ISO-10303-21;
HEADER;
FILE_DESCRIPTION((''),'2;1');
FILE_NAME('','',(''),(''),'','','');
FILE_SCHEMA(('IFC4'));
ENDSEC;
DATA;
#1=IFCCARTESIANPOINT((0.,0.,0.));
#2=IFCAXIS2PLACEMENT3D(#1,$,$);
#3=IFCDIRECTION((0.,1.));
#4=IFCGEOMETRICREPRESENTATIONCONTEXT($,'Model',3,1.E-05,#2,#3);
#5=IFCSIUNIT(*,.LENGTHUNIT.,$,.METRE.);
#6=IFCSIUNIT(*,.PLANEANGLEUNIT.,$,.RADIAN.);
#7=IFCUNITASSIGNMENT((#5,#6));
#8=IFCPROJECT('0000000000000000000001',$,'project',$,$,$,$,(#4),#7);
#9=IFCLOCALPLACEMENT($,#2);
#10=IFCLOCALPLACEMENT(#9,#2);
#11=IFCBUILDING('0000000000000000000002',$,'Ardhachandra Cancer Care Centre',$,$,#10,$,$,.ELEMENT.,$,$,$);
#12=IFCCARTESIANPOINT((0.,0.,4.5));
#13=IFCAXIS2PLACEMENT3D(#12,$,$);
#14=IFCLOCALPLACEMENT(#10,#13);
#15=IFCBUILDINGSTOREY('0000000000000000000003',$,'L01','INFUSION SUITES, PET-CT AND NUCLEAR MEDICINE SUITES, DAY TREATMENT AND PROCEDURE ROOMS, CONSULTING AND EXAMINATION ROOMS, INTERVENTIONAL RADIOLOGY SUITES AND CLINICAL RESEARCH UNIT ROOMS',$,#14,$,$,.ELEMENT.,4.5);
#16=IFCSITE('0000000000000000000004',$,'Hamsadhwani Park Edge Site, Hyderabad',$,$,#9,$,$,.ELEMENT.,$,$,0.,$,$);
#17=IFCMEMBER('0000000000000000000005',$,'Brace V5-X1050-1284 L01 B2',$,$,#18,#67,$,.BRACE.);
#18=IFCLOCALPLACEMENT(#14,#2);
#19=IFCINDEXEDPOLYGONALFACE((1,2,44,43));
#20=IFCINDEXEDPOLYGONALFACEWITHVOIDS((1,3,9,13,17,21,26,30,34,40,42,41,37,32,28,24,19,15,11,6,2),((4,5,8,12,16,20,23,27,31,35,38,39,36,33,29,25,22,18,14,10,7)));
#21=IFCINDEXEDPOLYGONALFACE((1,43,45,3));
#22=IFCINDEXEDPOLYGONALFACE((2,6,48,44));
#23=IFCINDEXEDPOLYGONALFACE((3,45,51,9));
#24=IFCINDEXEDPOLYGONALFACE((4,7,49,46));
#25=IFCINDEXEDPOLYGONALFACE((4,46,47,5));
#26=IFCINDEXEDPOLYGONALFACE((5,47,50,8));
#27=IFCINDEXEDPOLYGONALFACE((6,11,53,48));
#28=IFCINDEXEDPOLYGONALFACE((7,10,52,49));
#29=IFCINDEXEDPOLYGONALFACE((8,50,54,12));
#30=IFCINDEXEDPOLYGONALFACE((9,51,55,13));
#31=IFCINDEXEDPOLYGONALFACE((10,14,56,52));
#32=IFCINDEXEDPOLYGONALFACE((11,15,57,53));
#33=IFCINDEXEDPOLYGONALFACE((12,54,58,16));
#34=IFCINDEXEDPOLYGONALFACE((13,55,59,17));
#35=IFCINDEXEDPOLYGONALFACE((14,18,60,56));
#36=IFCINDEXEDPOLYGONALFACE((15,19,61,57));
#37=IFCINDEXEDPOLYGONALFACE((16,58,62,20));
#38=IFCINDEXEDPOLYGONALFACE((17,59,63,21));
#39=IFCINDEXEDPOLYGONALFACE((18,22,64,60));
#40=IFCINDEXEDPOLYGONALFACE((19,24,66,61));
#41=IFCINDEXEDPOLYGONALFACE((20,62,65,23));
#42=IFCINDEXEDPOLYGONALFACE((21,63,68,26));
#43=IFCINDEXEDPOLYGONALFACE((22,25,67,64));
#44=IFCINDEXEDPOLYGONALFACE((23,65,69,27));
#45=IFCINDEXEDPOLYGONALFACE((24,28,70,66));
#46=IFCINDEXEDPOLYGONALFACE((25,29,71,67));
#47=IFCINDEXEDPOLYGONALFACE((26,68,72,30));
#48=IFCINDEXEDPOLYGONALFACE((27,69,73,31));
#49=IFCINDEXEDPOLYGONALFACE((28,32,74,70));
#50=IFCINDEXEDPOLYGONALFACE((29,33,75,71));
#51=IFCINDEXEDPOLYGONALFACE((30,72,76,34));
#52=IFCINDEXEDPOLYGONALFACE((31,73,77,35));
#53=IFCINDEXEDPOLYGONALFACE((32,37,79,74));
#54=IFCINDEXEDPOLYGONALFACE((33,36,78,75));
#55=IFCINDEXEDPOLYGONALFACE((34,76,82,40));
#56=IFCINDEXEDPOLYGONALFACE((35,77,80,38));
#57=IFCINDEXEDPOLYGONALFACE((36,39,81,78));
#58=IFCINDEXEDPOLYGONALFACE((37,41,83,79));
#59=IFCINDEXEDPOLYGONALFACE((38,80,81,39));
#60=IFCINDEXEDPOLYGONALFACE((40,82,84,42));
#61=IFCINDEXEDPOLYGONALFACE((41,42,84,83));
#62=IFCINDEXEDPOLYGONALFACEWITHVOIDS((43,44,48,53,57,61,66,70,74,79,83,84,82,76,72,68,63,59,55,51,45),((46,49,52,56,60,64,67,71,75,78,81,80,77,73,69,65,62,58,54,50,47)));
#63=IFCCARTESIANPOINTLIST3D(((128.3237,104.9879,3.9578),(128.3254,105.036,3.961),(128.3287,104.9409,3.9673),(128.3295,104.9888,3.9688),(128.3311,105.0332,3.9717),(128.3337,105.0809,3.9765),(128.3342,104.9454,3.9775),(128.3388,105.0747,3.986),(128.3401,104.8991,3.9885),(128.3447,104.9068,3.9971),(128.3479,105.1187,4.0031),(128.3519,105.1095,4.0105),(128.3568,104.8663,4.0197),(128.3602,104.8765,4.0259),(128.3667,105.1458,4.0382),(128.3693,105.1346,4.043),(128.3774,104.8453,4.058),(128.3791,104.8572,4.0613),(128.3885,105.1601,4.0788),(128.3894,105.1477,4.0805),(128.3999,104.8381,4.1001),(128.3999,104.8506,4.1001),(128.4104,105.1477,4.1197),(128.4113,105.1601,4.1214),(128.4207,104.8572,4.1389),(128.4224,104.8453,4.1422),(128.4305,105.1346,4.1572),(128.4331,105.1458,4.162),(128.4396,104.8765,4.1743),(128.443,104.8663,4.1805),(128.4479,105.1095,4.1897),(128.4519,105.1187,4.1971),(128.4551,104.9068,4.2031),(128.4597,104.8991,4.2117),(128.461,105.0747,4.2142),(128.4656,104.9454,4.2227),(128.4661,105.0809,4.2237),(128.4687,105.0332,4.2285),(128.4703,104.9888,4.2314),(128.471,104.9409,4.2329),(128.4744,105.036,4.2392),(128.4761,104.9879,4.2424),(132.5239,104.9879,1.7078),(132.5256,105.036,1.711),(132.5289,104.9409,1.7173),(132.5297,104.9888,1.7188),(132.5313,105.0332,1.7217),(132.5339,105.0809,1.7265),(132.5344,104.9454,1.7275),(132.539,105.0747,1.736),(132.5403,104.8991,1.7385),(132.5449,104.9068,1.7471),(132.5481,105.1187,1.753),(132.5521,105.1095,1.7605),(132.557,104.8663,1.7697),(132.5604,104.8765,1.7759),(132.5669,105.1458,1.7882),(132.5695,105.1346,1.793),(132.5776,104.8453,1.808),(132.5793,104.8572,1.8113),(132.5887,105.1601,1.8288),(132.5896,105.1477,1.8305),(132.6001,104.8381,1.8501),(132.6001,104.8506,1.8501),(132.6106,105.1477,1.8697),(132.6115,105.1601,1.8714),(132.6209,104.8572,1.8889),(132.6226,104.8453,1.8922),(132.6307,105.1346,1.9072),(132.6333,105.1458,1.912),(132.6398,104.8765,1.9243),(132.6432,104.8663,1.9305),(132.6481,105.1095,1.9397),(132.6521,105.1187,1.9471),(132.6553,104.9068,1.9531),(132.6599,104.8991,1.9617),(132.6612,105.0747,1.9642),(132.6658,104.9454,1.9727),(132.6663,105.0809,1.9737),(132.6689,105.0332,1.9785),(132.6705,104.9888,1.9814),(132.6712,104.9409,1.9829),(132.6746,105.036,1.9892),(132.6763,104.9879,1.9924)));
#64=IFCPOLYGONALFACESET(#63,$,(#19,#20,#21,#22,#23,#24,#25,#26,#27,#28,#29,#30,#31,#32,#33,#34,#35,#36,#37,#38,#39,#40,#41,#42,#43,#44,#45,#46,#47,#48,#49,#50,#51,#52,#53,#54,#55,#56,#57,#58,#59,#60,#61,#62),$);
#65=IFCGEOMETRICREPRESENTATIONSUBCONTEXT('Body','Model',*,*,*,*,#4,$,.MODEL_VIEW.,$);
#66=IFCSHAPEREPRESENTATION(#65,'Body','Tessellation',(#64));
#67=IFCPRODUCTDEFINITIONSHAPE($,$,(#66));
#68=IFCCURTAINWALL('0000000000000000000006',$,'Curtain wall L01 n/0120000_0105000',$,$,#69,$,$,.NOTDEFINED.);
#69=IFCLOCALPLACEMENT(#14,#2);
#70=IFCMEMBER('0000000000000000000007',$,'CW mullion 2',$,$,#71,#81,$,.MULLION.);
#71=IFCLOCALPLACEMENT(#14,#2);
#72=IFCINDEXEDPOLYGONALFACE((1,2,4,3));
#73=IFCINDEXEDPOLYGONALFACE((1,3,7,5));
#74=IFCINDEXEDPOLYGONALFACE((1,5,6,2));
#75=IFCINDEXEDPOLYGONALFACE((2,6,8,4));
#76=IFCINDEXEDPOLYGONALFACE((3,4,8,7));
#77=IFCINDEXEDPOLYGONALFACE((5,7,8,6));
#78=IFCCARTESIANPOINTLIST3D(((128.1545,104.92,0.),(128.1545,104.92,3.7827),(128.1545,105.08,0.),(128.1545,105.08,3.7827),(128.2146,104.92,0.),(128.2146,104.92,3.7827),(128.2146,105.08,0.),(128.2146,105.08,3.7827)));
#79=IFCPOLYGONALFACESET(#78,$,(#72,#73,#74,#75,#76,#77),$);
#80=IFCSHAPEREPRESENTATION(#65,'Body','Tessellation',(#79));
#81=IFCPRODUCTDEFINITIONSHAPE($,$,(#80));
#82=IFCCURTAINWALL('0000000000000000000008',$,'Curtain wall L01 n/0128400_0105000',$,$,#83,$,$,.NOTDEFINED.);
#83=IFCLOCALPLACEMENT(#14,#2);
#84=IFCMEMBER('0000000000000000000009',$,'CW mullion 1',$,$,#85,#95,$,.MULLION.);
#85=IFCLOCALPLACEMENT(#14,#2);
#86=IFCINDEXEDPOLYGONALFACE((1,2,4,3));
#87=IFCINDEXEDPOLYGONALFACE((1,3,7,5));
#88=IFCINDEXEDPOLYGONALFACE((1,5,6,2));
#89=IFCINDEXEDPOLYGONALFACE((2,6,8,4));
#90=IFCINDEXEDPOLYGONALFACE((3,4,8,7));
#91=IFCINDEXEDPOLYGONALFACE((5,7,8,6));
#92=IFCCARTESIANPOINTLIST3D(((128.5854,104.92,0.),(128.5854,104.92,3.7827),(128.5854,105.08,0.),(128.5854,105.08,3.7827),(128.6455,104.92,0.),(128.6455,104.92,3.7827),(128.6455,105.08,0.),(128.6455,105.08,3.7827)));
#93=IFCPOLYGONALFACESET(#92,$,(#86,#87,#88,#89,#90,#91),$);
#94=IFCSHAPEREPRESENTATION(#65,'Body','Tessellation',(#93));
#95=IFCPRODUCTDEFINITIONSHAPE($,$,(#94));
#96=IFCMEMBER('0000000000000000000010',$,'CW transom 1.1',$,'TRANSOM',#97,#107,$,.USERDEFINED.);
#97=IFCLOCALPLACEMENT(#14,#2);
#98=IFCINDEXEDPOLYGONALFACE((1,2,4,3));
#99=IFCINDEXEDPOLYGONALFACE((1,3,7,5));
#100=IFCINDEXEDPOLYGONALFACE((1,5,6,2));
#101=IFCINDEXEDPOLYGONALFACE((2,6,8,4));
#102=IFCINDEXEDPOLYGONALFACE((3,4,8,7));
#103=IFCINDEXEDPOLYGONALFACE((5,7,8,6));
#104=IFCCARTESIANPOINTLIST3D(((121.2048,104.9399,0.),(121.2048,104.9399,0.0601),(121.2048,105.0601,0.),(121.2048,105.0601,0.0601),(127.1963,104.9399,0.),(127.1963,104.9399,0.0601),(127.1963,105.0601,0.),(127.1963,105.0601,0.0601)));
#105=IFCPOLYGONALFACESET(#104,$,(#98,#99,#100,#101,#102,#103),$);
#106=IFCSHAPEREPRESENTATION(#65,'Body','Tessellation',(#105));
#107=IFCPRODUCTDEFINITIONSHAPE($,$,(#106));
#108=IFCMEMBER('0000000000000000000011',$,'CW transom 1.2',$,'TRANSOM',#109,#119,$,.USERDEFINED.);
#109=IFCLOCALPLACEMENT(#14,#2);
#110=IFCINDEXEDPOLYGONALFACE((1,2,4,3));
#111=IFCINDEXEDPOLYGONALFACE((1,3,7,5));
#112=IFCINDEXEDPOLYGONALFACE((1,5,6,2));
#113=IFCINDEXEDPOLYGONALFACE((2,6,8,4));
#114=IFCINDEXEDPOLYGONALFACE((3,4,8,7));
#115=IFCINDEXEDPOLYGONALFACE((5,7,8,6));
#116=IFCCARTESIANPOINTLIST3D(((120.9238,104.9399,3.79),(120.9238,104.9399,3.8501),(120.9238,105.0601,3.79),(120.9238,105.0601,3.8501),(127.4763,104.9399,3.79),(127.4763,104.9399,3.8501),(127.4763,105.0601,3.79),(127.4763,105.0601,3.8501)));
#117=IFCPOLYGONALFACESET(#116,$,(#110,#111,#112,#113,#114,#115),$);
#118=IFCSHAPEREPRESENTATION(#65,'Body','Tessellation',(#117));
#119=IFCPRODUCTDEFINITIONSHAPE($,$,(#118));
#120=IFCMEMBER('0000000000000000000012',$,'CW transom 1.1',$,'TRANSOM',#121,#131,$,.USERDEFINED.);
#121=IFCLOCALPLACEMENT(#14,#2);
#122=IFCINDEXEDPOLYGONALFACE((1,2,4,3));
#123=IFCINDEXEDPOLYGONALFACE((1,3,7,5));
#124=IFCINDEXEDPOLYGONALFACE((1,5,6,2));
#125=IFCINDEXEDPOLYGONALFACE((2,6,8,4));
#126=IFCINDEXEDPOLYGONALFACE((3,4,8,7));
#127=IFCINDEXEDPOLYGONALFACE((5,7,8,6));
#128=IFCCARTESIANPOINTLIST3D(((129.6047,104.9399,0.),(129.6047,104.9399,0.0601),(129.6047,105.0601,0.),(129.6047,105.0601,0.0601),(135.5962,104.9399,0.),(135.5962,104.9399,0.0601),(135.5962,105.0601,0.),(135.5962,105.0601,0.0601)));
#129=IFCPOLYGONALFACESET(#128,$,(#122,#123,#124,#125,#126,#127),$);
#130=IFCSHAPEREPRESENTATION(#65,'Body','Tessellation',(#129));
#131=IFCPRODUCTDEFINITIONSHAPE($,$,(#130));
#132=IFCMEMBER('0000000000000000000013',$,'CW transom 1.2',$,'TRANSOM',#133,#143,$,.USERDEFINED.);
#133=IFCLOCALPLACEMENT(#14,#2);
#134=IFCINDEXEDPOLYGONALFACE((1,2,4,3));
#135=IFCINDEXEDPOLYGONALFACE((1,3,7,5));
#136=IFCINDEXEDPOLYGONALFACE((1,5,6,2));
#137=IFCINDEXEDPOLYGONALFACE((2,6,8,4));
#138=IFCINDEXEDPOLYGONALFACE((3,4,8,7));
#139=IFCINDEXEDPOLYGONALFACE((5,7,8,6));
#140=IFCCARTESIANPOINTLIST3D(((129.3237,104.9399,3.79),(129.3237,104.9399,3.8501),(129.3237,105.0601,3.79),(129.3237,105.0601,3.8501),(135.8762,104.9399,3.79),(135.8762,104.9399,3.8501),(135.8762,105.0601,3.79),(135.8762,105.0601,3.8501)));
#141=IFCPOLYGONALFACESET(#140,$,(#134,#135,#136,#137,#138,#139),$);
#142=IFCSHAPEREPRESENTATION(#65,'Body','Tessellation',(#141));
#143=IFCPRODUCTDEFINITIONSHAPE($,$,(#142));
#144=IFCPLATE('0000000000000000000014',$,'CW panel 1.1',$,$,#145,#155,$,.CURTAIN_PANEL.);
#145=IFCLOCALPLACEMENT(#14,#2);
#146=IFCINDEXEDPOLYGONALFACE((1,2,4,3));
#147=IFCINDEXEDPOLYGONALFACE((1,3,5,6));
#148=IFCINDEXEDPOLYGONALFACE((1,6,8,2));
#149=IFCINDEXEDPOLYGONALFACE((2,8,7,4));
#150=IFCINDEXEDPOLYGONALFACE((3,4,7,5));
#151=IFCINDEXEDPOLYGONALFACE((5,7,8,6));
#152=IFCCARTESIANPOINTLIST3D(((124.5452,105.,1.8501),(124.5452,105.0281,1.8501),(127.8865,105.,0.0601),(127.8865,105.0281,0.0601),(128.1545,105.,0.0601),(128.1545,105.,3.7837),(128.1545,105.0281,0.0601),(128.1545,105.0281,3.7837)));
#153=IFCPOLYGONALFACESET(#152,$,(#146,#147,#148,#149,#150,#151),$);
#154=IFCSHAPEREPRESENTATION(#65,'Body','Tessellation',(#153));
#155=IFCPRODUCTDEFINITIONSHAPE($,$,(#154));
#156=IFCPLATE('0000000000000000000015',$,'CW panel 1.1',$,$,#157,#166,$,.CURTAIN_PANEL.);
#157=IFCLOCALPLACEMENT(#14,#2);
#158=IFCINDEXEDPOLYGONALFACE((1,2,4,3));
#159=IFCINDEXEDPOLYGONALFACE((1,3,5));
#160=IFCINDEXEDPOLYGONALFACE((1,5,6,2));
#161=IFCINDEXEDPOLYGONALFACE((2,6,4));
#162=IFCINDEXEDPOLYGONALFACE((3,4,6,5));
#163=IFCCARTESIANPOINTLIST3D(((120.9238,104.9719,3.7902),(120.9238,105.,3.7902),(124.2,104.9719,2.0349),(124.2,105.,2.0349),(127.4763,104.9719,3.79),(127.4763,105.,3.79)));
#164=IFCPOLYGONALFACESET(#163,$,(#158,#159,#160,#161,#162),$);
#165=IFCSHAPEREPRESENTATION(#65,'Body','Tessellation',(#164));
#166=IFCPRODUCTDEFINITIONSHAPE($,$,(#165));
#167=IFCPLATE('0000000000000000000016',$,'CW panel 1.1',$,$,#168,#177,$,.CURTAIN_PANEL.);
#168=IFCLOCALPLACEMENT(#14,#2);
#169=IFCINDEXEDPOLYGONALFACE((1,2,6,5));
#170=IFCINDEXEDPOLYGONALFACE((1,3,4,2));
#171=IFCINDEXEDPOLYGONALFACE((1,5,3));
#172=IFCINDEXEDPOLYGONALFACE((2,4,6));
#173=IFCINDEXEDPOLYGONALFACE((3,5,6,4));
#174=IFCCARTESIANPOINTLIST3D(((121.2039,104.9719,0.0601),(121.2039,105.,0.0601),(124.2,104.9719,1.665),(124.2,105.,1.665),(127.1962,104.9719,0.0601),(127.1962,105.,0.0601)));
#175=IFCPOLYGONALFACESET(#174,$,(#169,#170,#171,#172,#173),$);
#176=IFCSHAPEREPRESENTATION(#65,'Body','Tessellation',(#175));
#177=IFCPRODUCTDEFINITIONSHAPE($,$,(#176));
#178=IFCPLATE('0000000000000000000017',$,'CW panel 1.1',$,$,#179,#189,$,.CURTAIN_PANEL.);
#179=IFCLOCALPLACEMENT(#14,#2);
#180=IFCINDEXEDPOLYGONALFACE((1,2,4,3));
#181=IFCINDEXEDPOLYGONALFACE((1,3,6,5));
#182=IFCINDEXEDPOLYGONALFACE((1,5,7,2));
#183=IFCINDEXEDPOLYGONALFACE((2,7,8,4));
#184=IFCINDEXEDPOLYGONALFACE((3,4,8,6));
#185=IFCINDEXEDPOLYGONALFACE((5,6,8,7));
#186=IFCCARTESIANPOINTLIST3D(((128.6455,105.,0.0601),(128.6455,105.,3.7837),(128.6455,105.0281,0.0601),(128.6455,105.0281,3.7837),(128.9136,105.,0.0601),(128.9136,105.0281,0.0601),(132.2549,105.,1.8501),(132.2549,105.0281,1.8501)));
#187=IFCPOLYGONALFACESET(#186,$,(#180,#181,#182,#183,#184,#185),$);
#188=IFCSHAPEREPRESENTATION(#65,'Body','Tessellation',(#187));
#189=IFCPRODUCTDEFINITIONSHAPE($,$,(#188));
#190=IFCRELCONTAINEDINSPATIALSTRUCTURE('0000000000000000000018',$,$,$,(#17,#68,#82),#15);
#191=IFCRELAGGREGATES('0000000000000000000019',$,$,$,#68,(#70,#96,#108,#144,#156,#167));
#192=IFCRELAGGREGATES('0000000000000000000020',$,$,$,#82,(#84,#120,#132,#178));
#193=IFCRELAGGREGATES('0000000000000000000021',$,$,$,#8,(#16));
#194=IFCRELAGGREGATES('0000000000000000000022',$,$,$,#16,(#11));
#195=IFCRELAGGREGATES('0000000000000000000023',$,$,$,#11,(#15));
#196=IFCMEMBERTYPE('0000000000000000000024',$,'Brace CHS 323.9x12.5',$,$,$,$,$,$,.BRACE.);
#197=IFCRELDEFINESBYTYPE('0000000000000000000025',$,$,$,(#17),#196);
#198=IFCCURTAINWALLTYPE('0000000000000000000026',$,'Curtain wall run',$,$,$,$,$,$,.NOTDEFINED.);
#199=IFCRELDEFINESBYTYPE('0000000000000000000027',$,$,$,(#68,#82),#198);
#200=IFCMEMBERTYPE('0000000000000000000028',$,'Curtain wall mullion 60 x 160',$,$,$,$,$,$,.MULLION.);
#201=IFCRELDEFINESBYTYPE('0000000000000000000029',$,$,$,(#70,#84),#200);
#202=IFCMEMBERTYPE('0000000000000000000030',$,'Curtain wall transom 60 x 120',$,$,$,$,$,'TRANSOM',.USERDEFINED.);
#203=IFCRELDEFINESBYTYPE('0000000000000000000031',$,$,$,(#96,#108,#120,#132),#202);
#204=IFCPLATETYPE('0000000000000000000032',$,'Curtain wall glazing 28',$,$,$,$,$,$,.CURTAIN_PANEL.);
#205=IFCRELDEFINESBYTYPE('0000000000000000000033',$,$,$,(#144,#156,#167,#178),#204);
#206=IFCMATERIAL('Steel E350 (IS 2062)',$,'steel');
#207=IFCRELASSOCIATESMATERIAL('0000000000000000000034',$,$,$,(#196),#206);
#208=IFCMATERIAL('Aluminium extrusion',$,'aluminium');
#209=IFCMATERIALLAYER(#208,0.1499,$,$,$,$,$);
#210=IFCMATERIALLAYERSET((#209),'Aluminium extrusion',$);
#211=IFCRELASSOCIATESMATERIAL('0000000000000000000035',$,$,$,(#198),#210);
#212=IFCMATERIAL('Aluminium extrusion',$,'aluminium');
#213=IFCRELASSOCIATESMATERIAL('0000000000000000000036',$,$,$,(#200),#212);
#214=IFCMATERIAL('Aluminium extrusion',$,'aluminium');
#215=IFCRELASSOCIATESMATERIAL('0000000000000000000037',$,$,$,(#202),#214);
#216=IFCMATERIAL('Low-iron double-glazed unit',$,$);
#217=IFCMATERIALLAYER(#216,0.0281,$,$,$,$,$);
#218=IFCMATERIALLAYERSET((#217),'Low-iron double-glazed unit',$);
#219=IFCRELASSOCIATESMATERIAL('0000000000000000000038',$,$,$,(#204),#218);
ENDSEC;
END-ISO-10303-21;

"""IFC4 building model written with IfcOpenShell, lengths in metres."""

from ifc_helpers import new_model, si_unit, direction, frame, origin, origin_2d, place, context, subcontext, project, spatial, polyline, rectangle, hollow_circle, outline, extrude, material, layer, layer_set, material_profile, profile_set, type_object, element, aggregate, save


model = new_model("IFC4")

# Units and contexts
model_context = context("Model", 3, precision=1e-05, world=origin(), true_north=direction((0.0, 1.0)))
body_context = subcontext(model_context, "Body", "Model", "MODEL_VIEW")
ifc_project = project(units=[si_unit("LENGTHUNIT", "METRE"), si_unit("PLANEANGLEUNIT", "RADIAN")], contexts=[model_context])

# Site, building, storey
site_placement = place(None, origin())
site = spatial("IfcSite", under=ifc_project, at=site_placement, Name="Hamsadhwani Park Edge Site, Hyderabad", CompositionType="ELEMENT", RefElevation=0.0)
building_placement = place(site_placement, origin())
building = spatial("IfcBuilding", under=site, at=building_placement, Name="Ardhachandra Cancer Care Centre", CompositionType="ELEMENT")
storey_placement = place(building_placement, frame((0.0, 0.0, 4.5)))
storey = spatial("IfcBuildingStorey", under=building, at=storey_placement, Name="L01", Description="INFUSION SUITES, PET-CT AND NUCLEAR MEDICINE SUITES, DAY TREATMENT AND PROCEDURE ROOMS, CONSULTING AND EXAMINATION ROOMS, INTERVENTIONAL RADIOLOGY SUITES AND CLINICAL RESEARCH UNIT ROOMS", CompositionType="ELEMENT", Elevation=4.5)

# Member
ifc_material_1 = material(Name="Steel E350 (IS 2062)", Category="steel")
ifc_material_profile_1 = material_profile(ifc_material_1, hollow_circle(Radius=0.1619, WallThickness=0.0125, at=origin_2d()), Name="CHS 323.9x12.5")
ifc_profile_set_1 = profile_set([ifc_material_profile_1], Name="Steel E350 (IS 2062)")
member_type_1 = type_object("IfcMemberType", Name="Brace CHS 323.9x12.5", PredefinedType="BRACE", material=ifc_profile_set_1)
member_1_placement = place(storey_placement, frame((132.6001, 105.0, 1.8501), z_axis=(-0.881489, 0.0, 0.472204), x_axis=(0.0, -1.0, 0.0)))
element("IfcMember", 1, at=member_1_placement, inside=storey, type_object=member_type_1, Name="Brace V5-X1050-1284 L01 B2", PredefinedType="BRACE", context=body_context, shape_type="SweptSolid", body=[
    extrude(hollow_circle(Radius=0.1619, WallThickness=0.0125, at=origin_2d()), origin(), (0.0, 0.0, 1.0), 4.7649),
])

# Curtain walls, members
ifc_material_2 = material(Name="Aluminium extrusion", Category="aluminium")
ifc_layer_1 = layer(ifc_material_2, 0.1499)
ifc_layer_set_1 = layer_set([ifc_layer_1], Name="Aluminium extrusion")
curtain_wall_type = type_object("IfcCurtainWallType", Name="Curtain wall run", PredefinedType="NOTDEFINED", material=ifc_layer_set_1)
curtain_wall_1_placement = place(storey_placement, origin())
curtain_wall_1 = element("IfcCurtainWall", 2, at=curtain_wall_1_placement, inside=storey, type_object=curtain_wall_type, Name="Curtain wall L01 n/0120000_0105000", PredefinedType="NOTDEFINED")
ifc_material_3 = material(Name="Aluminium extrusion", Category="aluminium")
ifc_material_profile_2 = material_profile(ifc_material_3, rectangle(XDim=0.1599, YDim=0.0601, at=origin_2d()), Name="Curtain wall mullion 60 x 160")
ifc_profile_set_2 = profile_set([ifc_material_profile_2], Name="Aluminium extrusion")
member_type_2 = type_object("IfcMemberType", Name="Curtain wall mullion 60 x 160", PredefinedType="MULLION", material=ifc_profile_set_2)
member_2_placement = place(storey_placement, frame((128.1846, 105.0, 0.0), z_axis=(0.0, 0.0, 1.0), x_axis=(0.0, 1.0, 0.0)))
member_2 = element("IfcMember", 3, at=member_2_placement, type_object=member_type_2, Name="CW mullion 2", PredefinedType="MULLION", context=body_context, shape_type="SweptSolid", body=[
    extrude(rectangle(XDim=0.1599, YDim=0.0601, at=origin_2d()), origin(), (0.0, 0.0, 1.0), 3.7827),
])
curtain_wall_2_placement = place(storey_placement, origin())
curtain_wall_2 = element("IfcCurtainWall", 4, at=curtain_wall_2_placement, inside=storey, type_object=curtain_wall_type, Name="Curtain wall L01 n/0128400_0105000", PredefinedType="NOTDEFINED")
member_3_placement = place(storey_placement, frame((128.6155, 105.0, 0.0), z_axis=(0.0, 0.0, 1.0), x_axis=(0.0, 1.0, 0.0)))
member_3 = element("IfcMember", 5, at=member_3_placement, type_object=member_type_2, Name="CW mullion 1", PredefinedType="MULLION", context=body_context, shape_type="SweptSolid", body=[
    extrude(rectangle(XDim=0.1599, YDim=0.0601, at=origin_2d()), origin(), (0.0, 0.0, 1.0), 3.7827),
])

# Members
ifc_material_4 = material(Name="Aluminium extrusion", Category="aluminium")
ifc_material_profile_3 = material_profile(ifc_material_4, rectangle(XDim=0.1201, YDim=0.0601, at=origin_2d()), Name="Curtain wall transom 60 x 120")
ifc_profile_set_3 = profile_set([ifc_material_profile_3], Name="Aluminium extrusion")
member_type_3 = type_object("IfcMemberType", Name="Curtain wall transom 60 x 120", ElementType="TRANSOM", PredefinedType="USERDEFINED", material=ifc_profile_set_3)
member_4_placement = place(storey_placement, frame((121.2048, 105.0, 0.03), z_axis=(1.0, 0.0, 0.0), x_axis=(0.0, 1.0, 0.0)))
member_4 = element("IfcMember", 6, at=member_4_placement, type_object=member_type_3, Name="CW transom 1.1", ObjectType="TRANSOM", PredefinedType="USERDEFINED", context=body_context, shape_type="SweptSolid", body=[
    extrude(rectangle(XDim=0.1201, YDim=0.0601, at=origin_2d()), origin(), (0.0, 0.0, 1.0), 5.9915),
])
member_5_placement = place(storey_placement, frame((120.9238, 105.0, 3.8201), z_axis=(1.0, 0.0, 0.0), x_axis=(0.0, 1.0, 0.0)))
member_5 = element("IfcMember", 7, at=member_5_placement, type_object=member_type_3, Name="CW transom 1.2", ObjectType="TRANSOM", PredefinedType="USERDEFINED", context=body_context, shape_type="SweptSolid", body=[
    extrude(rectangle(XDim=0.1201, YDim=0.0601, at=origin_2d()), origin(), (0.0, 0.0, 1.0), 6.5525),
])
member_6_placement = place(storey_placement, frame((129.6047, 105.0, 0.03), z_axis=(1.0, 0.0, 0.0), x_axis=(0.0, 1.0, 0.0)))
member_6 = element("IfcMember", 8, at=member_6_placement, type_object=member_type_3, Name="CW transom 1.1", ObjectType="TRANSOM", PredefinedType="USERDEFINED", context=body_context, shape_type="SweptSolid", body=[
    extrude(rectangle(XDim=0.1201, YDim=0.0601, at=origin_2d()), origin(), (0.0, 0.0, 1.0), 5.9915),
])
member_7_placement = place(storey_placement, frame((129.3237, 105.0, 3.8201), z_axis=(1.0, 0.0, 0.0), x_axis=(0.0, 1.0, 0.0)))
member_7 = element("IfcMember", 9, at=member_7_placement, type_object=member_type_3, Name="CW transom 1.2", ObjectType="TRANSOM", PredefinedType="USERDEFINED", context=body_context, shape_type="SweptSolid", body=[
    extrude(rectangle(XDim=0.1201, YDim=0.0601, at=origin_2d()), origin(), (0.0, 0.0, 1.0), 6.5525),
])

# Plates
ifc_material_5 = material(Name="Low-iron double-glazed unit")
ifc_layer_2 = layer(ifc_material_5, 0.0281)
ifc_layer_set_2 = layer_set([ifc_layer_2], Name="Low-iron double-glazed unit")
plate_type = type_object("IfcPlateType", Name="Curtain wall glazing 28", PredefinedType="CURTAIN_PANEL", material=ifc_layer_set_2)
plate_1_placement = place(storey_placement, frame((128.1545, 105.0, 0.0601), z_axis=(0.0, 1.0, 0.0), x_axis=(-1.0, 0.0, 0.0)))
plate_1 = element("IfcPlate", 10, at=plate_1_placement, type_object=plate_type, Name="CW panel 1.1", PredefinedType="CURTAIN_PANEL", context=body_context, shape_type="SweptSolid", body=[
    extrude(outline(polyline([(0.0, 0.0), (0.2681, 0.0), (3.6094, 1.79), (0.0, 3.7236), (0.0, 0.0)])), origin(), (0.0, 0.0, 1.0), 0.0281),
])
plate_2_placement = place(storey_placement, frame((127.4763, 105.0, 3.79), z_axis=(0.0, 1.0, 0.0), x_axis=(-0.881488, 0.0, -0.472207)))
plate_2 = element("IfcPlate", 11, at=plate_2_placement, type_object=plate_type, Name="CW panel 1.1", PredefinedType="CURTAIN_PANEL", context=body_context, shape_type="SweptSolid", body=[
    extrude(outline(polyline([(0.0, 0.0), (3.7168, 0.0), (5.7759, 3.0942), (0.0, 0.0)])), frame((0.0, 0.0, -0.0281)), (0.0, 0.0, 1.0), 0.0281),
])
plate_3_placement = place(storey_placement, frame((121.2039, 105.0, 0.0601), z_axis=(0.0, 1.0, 0.0), x_axis=(0.881489, 0.0, 0.472205)))
plate_3 = element("IfcPlate", 12, at=plate_3_placement, type_object=plate_type, Name="CW panel 1.1", PredefinedType="CURTAIN_PANEL", context=body_context, shape_type="SweptSolid", body=[
    extrude(outline(polyline([(0.0, 0.0), (3.3989, 0.0), (5.2822, 2.8296), (0.0, 0.0)])), frame((0.0, 0.0, -0.0281)), (0.0, 0.0, 1.0), 0.0281),
])
aggregate(curtain_wall_1, [member_2, member_4, member_5, plate_1, plate_2, plate_3])
plate_4_placement = place(storey_placement, frame((128.6455, 105.0, 0.0601), z_axis=(0.0, 1.0, 0.0), x_axis=(0.0, 0.0, 1.0)))
plate_4 = element("IfcPlate", 13, at=plate_4_placement, type_object=plate_type, Name="CW panel 1.1", PredefinedType="CURTAIN_PANEL", context=body_context, shape_type="SweptSolid", body=[
    extrude(outline(polyline([(0.0, 0.0), (3.7236, 0.0), (1.79, 3.6094), (0.0, 0.2681), (0.0, 0.0)])), origin(), (0.0, 0.0, 1.0), 0.0281),
])
aggregate(curtain_wall_2, [member_3, member_6, member_7, plate_4])

save(model, "model.ifc")
